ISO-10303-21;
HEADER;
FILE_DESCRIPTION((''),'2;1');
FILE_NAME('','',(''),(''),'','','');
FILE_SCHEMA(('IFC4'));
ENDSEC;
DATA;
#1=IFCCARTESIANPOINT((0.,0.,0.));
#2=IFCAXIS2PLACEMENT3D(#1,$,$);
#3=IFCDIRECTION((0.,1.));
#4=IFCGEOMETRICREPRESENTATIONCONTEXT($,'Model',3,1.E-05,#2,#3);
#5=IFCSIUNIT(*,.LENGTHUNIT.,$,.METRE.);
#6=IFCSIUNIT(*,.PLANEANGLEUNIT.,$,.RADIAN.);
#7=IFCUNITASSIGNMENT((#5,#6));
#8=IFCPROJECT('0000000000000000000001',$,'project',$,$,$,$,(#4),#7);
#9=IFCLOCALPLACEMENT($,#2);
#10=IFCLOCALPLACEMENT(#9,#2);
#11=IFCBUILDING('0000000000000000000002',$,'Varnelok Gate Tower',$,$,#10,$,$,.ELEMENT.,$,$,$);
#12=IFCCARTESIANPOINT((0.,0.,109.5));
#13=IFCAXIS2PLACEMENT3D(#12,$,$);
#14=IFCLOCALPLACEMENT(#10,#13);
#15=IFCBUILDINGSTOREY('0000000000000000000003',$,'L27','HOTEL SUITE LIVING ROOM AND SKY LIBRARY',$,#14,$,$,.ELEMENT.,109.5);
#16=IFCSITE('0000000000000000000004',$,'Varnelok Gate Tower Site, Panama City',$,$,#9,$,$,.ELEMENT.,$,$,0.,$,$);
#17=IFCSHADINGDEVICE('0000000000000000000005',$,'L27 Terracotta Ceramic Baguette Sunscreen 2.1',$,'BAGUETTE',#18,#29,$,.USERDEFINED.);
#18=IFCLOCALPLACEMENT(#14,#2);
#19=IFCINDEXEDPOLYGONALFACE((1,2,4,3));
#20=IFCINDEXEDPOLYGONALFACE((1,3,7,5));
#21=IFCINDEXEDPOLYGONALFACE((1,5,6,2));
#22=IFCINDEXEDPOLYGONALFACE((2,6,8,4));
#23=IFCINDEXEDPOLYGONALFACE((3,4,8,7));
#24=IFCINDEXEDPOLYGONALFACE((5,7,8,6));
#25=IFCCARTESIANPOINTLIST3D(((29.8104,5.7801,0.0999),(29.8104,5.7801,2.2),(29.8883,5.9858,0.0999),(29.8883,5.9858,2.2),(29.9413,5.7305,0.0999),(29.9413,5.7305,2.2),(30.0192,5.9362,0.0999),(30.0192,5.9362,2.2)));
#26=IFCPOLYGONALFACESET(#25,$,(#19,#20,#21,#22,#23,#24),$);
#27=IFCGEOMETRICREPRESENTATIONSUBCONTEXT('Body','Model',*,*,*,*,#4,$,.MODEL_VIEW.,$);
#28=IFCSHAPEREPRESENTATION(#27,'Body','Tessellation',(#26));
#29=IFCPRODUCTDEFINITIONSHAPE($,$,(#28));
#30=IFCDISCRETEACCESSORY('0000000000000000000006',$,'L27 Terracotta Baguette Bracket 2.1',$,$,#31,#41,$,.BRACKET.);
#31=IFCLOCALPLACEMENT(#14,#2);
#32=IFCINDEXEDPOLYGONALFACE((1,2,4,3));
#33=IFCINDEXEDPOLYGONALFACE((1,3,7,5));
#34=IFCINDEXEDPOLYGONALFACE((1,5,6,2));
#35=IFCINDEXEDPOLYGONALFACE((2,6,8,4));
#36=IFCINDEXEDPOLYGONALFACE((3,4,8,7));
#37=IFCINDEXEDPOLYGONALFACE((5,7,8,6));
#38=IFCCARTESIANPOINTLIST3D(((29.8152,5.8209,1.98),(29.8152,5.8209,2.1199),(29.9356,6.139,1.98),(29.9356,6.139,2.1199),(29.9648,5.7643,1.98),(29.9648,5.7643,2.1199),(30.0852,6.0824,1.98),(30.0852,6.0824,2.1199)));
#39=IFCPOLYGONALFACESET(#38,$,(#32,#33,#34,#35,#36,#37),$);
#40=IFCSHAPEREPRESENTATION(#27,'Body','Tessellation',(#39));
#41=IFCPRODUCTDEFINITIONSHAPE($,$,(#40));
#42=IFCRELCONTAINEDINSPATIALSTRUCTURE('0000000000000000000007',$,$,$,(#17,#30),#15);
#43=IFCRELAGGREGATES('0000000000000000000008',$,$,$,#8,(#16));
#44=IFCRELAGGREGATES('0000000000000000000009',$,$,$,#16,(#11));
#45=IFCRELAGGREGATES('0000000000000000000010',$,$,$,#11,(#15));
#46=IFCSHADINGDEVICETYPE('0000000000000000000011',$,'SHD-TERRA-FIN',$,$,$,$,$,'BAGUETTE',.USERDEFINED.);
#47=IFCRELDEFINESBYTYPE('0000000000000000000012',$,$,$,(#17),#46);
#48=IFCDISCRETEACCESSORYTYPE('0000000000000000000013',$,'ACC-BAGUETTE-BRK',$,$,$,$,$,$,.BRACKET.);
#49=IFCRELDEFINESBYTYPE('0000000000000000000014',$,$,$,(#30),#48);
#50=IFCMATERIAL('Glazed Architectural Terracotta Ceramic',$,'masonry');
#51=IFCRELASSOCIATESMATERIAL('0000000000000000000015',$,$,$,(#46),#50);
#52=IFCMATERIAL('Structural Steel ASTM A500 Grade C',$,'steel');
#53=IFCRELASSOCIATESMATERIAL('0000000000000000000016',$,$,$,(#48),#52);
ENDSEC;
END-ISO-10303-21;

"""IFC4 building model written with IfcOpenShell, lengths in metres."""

from ifc_helpers import new_model, si_unit, direction, frame, origin, origin_2d, place, context, subcontext, project, spatial, rectangle, extrude, source, transform, mapped, material, type_object, element, save


model = new_model("IFC4")

# Units and contexts
model_context = context("Model", 3, precision=1e-05, world=origin(), true_north=direction((0.0, 1.0)))
body_context = subcontext(model_context, "Body", "Model", "MODEL_VIEW")
ifc_project = project(units=[si_unit("LENGTHUNIT", "METRE"), si_unit("PLANEANGLEUNIT", "RADIAN")], contexts=[model_context])

# Site, building, storey
site_placement = place(None, origin())
site = spatial("IfcSite", under=ifc_project, at=site_placement, Name="Varnelok Gate Tower Site, Panama City", CompositionType="ELEMENT", RefElevation=0.0)
building_placement = place(site_placement, origin())
building = spatial("IfcBuilding", under=site, at=building_placement, Name="Varnelok Gate Tower", CompositionType="ELEMENT")
storey_placement = place(building_placement, frame((0.0, 0.0, 109.5)))
storey = spatial("IfcBuildingStorey", under=building, at=storey_placement, Name="L27", Description="HOTEL SUITE LIVING ROOM AND SKY LIBRARY", CompositionType="ELEMENT", Elevation=109.5)

# Shading device
ifc_material_1 = material(Name="Glazed Architectural Terracotta Ceramic", Category="masonry")
shading_device_type = type_object("IfcShadingDeviceType", Name="SHD-TERRA-FIN", ElementType="BAGUETTE", PredefinedType="USERDEFINED", material=ifc_material_1)
shared_shape_1 = source(origin(), body_context, "Body", "SweptSolid", [
    extrude(rectangle(XDim=0.1399, YDim=0.22, at=origin_2d()), origin(), (0.0, 0.0, 1.0), 2.1001),
])
shading_device_placement = place(storey_placement, frame((29.9148, 5.8582, 0.0999), z_axis=(0.0, 0.0, 1.0), x_axis=(0.935222, -0.354063, 0.0)))
element("IfcShadingDevice", 1, at=shading_device_placement, inside=storey, type_object=shading_device_type, Name="L27 Terracotta Ceramic Baguette Sunscreen 2.1", ObjectType="BAGUETTE", PredefinedType="USERDEFINED", context=body_context, shape_type="MappedRepresentation", body=[
    mapped(shared_shape_1, transform((0.0, 0.0, 0.0), scale=1.0)),
])

# Discrete accessory
ifc_material_2 = material(Name="Structural Steel ASTM A500 Grade C", Category="steel")
discrete_accessory_type = type_object("IfcDiscreteAccessoryType", Name="ACC-BAGUETTE-BRK", PredefinedType="BRACKET", material=ifc_material_2)
shared_shape_2 = source(origin(), body_context, "Body", "SweptSolid", [
    extrude(rectangle(XDim=0.1599, YDim=0.3401, at=origin_2d()), origin(), (0.0, 0.0, 1.0), 0.1399),
])
discrete_accessory_placement = place(storey_placement, frame((29.9502, 5.9517, 1.98), z_axis=(0.0, 0.0, 1.0), x_axis=(0.935222, -0.354063, 0.0)))
element("IfcDiscreteAccessory", 2, at=discrete_accessory_placement, inside=storey, type_object=discrete_accessory_type, Name="L27 Terracotta Baguette Bracket 2.1", PredefinedType="BRACKET", context=body_context, shape_type="MappedRepresentation", body=[
    mapped(shared_shape_2, transform((0.0, 0.0, 0.0), scale=1.0)),
])

save(model, "model.ifc")
